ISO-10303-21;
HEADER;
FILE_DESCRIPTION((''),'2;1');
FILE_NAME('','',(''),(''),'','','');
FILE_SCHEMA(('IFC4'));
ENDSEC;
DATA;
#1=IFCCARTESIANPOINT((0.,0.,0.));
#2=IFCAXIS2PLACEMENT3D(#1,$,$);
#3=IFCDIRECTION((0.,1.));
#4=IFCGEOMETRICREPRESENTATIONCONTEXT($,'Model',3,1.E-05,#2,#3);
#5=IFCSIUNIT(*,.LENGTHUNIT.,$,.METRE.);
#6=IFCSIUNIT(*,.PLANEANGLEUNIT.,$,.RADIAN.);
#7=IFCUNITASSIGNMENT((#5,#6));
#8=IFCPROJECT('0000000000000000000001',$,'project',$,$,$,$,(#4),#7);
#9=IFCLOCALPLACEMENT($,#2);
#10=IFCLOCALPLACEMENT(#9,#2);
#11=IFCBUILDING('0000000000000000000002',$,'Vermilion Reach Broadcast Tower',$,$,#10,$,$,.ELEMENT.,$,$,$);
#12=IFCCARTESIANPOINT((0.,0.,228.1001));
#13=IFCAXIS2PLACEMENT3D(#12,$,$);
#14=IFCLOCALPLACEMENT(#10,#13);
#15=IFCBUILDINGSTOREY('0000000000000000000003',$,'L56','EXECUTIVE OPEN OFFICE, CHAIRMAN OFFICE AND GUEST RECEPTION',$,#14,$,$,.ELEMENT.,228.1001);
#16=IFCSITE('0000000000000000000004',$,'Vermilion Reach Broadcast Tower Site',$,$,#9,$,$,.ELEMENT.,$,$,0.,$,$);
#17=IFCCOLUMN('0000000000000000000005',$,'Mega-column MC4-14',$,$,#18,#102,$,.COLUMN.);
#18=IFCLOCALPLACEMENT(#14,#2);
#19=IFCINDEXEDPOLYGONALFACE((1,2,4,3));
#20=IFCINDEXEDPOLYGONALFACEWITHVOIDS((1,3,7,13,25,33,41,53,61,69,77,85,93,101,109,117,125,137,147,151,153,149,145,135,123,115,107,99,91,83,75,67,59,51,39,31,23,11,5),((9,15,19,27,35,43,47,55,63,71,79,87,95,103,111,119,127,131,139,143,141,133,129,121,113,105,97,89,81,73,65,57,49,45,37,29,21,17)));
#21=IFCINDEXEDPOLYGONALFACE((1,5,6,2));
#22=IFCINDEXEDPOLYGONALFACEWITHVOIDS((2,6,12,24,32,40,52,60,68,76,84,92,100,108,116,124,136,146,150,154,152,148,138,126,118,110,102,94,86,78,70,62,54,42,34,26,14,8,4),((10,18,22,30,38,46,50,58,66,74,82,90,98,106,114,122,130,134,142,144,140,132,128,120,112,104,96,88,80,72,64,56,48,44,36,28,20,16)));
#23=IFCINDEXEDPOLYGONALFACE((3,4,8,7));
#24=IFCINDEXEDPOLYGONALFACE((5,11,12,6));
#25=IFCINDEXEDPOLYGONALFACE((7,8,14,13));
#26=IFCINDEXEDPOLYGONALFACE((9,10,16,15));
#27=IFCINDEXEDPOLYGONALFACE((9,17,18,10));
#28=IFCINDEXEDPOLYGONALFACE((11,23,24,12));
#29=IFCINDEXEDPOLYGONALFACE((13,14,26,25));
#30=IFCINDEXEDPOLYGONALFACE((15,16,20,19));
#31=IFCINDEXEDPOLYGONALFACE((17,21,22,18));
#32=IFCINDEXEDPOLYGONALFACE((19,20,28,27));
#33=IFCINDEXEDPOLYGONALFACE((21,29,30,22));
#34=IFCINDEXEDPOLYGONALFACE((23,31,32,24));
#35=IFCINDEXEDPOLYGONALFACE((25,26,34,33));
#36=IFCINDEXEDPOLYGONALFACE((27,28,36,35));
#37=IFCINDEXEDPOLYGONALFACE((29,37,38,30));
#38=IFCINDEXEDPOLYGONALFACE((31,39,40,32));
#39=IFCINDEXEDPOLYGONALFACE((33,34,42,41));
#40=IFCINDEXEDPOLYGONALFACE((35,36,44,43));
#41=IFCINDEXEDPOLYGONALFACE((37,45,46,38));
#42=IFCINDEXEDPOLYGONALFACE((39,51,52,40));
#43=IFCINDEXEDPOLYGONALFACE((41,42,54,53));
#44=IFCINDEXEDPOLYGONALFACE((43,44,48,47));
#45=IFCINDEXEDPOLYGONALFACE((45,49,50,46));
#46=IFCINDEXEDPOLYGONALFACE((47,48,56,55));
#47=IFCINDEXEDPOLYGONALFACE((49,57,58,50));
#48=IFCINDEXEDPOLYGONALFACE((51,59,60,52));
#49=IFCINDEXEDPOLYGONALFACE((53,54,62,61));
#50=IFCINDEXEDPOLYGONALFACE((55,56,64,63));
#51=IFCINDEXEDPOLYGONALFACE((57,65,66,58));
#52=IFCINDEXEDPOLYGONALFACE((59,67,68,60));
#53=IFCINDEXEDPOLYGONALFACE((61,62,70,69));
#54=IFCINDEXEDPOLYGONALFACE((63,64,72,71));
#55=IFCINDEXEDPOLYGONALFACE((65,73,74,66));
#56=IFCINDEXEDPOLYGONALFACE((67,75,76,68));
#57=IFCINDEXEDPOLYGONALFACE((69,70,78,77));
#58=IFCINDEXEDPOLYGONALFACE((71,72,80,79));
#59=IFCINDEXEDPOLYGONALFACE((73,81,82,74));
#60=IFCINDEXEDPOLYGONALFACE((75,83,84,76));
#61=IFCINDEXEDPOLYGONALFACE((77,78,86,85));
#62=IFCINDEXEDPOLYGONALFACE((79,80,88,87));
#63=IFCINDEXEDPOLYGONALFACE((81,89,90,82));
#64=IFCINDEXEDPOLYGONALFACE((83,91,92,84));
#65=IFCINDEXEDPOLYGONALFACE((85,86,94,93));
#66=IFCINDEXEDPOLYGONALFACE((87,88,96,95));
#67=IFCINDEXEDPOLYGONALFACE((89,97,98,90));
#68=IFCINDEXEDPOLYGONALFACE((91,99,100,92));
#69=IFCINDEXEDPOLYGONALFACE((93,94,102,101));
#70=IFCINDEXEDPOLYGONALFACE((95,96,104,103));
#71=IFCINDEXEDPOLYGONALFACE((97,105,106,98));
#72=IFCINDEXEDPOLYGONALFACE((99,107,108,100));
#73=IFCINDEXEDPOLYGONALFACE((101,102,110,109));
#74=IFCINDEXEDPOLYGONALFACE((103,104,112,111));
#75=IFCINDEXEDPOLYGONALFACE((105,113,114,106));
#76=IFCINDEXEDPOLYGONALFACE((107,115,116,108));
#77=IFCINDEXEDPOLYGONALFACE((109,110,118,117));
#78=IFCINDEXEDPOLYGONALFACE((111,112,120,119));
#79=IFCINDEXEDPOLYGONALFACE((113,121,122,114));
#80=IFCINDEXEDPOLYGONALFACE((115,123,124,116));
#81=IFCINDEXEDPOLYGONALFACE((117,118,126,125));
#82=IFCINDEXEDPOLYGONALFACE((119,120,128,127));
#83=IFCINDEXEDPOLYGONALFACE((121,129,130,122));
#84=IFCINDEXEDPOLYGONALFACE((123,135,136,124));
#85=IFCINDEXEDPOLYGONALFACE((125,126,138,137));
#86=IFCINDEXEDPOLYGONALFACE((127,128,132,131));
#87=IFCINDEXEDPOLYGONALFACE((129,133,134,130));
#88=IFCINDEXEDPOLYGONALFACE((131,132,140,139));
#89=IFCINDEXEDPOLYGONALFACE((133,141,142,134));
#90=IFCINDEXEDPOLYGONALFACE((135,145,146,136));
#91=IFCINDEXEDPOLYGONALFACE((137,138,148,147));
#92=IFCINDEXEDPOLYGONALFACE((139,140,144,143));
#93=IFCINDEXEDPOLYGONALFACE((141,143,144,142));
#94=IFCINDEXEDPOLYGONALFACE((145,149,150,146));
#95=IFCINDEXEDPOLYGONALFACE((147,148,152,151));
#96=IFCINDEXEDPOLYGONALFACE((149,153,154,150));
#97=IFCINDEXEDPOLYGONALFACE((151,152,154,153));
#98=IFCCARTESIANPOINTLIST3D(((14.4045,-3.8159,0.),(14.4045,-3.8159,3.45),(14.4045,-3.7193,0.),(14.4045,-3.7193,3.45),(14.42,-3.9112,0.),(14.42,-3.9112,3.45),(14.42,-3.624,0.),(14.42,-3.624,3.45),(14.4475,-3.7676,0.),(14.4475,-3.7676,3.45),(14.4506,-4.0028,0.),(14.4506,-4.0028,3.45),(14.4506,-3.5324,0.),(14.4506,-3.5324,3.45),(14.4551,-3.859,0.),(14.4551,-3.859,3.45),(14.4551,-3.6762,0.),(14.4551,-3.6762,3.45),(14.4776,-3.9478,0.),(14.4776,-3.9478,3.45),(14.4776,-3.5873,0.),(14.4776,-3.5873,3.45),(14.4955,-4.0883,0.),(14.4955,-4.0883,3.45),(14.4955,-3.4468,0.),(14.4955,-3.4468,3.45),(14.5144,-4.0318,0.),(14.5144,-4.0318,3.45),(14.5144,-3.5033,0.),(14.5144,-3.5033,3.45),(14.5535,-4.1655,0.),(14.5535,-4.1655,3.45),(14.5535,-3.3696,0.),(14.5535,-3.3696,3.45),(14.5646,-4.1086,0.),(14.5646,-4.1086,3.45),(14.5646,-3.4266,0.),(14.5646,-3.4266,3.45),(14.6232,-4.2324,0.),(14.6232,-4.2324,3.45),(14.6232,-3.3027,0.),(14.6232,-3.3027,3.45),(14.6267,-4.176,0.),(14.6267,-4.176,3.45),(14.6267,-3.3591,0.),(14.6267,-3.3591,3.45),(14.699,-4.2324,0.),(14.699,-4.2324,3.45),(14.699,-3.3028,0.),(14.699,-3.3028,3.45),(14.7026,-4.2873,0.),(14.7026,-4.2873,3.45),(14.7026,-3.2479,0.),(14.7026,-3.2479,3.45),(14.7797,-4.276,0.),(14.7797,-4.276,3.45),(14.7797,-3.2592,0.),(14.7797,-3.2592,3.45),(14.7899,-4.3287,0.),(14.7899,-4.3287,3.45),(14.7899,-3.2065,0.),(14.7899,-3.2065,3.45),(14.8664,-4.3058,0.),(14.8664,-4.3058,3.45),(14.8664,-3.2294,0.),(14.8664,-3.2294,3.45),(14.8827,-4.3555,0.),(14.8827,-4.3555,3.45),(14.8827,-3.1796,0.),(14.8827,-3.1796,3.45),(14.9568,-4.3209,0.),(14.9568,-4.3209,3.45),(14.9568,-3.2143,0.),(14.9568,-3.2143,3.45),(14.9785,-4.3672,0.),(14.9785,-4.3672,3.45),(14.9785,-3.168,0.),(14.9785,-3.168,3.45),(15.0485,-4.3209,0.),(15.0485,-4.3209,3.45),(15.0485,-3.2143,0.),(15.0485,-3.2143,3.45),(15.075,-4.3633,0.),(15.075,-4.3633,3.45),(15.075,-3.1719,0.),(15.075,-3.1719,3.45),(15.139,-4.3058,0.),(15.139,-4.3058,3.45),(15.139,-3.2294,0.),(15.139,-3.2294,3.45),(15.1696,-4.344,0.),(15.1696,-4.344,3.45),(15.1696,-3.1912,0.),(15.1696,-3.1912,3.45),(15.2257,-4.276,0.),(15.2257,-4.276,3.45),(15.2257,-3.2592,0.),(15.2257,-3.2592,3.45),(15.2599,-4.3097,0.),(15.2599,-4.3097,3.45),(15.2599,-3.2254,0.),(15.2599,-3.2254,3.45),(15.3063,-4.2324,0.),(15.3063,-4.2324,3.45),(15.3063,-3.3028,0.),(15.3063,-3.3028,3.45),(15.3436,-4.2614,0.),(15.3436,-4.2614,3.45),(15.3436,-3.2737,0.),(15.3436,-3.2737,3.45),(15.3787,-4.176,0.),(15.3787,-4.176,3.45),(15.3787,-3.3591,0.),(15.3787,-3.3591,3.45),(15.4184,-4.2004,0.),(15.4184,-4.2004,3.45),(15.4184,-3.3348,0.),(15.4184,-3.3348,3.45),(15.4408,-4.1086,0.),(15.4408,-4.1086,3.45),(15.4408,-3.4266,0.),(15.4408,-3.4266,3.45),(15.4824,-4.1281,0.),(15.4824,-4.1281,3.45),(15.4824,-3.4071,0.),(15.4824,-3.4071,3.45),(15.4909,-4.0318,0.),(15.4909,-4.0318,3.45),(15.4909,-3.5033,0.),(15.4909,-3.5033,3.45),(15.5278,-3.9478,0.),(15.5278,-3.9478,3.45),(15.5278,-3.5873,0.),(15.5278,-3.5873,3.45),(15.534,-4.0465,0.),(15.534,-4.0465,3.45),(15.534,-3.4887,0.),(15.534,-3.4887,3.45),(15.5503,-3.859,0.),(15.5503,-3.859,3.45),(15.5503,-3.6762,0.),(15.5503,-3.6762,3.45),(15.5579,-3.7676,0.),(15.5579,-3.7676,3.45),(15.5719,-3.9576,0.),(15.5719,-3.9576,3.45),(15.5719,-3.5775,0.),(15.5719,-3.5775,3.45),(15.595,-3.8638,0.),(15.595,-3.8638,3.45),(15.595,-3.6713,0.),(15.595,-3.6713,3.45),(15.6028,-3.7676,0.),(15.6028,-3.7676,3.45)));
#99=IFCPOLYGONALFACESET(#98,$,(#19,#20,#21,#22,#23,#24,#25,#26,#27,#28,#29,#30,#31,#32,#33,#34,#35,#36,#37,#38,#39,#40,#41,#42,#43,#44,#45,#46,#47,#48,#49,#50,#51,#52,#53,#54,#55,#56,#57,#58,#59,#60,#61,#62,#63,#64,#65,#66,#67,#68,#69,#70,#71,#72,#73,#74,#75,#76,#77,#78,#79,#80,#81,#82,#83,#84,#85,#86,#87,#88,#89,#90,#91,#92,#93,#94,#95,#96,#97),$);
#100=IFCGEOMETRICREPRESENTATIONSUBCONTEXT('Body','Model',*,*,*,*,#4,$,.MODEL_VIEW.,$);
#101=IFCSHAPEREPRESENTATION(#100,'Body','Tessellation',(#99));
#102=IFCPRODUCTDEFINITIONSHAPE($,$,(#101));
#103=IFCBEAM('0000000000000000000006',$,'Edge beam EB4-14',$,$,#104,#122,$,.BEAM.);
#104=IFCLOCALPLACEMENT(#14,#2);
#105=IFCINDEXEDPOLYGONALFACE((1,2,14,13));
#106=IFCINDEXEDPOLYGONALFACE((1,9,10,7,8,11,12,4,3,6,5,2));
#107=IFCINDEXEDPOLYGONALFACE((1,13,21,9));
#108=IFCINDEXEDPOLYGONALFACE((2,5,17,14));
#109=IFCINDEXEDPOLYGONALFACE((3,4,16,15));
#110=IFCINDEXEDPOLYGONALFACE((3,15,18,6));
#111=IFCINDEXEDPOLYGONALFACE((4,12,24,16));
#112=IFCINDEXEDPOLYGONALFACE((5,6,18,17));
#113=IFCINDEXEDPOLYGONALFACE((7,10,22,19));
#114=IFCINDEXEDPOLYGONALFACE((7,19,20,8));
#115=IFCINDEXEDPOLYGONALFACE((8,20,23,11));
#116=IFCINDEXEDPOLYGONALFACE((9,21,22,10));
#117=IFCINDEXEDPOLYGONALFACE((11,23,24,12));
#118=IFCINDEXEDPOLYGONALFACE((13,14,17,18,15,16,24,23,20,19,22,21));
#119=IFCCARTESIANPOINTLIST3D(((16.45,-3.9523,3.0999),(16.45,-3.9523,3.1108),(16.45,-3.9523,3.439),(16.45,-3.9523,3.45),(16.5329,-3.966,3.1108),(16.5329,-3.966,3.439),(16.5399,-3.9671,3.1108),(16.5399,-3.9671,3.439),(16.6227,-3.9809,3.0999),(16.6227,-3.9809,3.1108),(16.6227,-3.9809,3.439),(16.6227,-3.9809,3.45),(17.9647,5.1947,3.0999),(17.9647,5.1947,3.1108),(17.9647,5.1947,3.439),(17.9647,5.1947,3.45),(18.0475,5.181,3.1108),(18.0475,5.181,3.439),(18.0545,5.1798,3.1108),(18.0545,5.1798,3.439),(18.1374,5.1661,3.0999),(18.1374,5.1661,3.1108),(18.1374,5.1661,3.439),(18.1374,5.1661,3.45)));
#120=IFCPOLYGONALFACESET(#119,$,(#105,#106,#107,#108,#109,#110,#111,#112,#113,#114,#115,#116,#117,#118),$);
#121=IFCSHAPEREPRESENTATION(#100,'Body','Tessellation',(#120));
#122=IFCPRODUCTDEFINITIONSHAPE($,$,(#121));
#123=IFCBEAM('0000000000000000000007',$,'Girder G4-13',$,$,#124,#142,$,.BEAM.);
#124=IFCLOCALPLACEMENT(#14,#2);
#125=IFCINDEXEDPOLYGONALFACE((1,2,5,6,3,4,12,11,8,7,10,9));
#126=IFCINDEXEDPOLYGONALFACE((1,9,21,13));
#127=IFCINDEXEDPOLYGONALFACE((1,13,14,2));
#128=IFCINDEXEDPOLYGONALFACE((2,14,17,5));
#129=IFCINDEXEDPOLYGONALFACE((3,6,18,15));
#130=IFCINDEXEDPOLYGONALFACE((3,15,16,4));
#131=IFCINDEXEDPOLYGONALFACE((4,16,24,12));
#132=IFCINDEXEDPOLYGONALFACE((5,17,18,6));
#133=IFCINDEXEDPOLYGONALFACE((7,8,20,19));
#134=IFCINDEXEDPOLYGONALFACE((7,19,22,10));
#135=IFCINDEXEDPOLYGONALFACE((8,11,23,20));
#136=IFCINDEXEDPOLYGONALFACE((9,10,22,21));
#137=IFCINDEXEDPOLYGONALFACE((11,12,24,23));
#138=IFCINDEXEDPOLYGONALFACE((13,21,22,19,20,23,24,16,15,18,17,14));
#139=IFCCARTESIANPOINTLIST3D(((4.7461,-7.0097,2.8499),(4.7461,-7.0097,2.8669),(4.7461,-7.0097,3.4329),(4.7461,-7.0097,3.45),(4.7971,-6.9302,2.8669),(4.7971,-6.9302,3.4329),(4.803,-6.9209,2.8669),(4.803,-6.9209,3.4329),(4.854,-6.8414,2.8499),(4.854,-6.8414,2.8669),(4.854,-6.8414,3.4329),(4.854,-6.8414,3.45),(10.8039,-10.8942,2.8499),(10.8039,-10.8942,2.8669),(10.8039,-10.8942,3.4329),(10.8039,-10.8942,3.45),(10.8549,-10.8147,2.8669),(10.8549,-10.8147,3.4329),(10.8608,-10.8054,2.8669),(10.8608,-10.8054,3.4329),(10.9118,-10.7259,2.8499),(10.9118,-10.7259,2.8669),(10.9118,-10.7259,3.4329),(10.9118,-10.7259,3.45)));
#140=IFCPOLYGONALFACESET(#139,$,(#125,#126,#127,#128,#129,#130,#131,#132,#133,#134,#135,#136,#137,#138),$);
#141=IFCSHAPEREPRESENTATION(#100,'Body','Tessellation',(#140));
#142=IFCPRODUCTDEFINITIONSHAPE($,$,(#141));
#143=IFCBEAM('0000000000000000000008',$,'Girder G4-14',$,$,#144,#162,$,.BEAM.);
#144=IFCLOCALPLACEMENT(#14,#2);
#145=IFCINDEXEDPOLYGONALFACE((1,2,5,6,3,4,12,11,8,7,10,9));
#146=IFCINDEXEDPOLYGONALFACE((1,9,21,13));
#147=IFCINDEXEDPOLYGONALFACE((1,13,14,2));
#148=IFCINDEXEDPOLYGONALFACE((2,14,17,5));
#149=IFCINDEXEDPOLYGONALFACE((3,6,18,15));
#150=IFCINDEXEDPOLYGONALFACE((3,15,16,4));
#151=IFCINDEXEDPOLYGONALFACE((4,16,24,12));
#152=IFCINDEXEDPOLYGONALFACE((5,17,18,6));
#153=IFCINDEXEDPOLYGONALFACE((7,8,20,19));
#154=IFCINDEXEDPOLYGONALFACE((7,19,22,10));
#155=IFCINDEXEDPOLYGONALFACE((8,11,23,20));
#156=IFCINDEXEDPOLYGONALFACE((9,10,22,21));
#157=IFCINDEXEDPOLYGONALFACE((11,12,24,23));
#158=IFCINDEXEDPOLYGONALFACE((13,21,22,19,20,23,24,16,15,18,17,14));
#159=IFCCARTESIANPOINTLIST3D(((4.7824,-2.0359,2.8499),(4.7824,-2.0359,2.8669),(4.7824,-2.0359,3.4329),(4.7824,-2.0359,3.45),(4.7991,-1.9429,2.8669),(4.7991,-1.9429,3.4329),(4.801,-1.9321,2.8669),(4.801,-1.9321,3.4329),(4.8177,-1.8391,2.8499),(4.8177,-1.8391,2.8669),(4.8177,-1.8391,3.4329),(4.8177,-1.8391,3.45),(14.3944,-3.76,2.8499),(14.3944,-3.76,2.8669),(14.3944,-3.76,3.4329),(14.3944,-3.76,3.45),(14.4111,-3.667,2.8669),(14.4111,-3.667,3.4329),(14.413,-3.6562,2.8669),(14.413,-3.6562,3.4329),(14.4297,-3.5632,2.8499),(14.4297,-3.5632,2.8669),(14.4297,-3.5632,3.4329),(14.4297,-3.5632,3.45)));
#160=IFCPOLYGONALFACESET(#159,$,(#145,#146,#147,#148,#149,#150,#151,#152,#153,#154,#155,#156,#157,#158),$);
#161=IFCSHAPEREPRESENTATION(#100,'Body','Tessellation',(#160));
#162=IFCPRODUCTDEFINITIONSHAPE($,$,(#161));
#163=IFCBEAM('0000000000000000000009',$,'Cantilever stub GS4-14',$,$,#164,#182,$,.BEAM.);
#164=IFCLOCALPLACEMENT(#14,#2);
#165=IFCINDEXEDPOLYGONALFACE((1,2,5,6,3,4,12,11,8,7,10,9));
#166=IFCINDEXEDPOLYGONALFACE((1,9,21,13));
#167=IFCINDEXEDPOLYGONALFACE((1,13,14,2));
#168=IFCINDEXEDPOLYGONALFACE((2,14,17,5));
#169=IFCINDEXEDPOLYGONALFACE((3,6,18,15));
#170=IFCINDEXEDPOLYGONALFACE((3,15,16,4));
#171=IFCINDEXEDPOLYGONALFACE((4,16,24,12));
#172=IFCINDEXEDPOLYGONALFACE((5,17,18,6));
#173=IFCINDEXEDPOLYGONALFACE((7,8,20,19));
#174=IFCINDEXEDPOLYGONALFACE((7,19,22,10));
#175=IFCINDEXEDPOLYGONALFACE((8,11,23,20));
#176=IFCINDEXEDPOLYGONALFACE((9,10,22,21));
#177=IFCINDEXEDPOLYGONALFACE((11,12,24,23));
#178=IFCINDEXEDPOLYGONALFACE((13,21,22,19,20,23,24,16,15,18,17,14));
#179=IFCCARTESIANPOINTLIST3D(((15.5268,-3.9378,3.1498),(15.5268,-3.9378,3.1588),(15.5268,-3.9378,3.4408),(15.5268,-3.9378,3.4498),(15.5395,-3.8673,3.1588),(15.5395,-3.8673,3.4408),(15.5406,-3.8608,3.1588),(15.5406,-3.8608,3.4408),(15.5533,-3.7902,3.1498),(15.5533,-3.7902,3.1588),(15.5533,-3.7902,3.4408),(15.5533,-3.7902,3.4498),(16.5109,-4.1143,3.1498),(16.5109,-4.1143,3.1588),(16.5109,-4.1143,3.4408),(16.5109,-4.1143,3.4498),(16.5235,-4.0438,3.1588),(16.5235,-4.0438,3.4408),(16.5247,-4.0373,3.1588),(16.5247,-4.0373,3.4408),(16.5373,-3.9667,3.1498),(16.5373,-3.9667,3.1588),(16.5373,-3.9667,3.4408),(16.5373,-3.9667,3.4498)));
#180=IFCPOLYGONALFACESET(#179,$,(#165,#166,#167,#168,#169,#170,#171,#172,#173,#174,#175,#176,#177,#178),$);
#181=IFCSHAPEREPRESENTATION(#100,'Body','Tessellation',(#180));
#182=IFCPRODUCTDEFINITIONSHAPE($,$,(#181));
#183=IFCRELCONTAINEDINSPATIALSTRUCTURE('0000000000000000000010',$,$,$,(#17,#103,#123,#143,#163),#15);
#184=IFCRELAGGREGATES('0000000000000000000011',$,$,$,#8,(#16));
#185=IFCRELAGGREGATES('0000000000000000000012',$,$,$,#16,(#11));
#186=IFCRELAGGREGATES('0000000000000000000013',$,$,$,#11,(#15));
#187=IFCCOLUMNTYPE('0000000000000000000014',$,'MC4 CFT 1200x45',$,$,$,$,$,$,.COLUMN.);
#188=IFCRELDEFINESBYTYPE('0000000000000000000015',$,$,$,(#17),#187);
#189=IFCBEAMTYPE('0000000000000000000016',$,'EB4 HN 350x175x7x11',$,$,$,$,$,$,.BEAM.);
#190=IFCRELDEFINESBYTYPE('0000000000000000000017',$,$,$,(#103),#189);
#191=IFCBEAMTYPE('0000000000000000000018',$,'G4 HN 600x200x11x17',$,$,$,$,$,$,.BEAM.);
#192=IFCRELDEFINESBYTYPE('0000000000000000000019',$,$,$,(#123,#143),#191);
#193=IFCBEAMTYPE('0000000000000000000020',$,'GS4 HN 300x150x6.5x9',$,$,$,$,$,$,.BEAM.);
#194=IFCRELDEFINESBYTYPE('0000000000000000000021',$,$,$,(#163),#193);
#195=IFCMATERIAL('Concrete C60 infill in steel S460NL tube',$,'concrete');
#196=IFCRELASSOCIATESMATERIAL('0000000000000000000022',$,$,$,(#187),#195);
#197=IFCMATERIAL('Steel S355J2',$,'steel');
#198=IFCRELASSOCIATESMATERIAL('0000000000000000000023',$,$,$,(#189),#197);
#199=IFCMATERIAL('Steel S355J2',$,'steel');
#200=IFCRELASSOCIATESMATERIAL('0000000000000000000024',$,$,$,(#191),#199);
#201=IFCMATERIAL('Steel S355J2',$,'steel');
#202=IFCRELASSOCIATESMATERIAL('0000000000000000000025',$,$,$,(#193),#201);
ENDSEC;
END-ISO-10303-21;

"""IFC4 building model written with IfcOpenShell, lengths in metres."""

from ifc_helpers import new_model, si_unit, direction, frame, origin, origin_2d, place, context, subcontext, project, spatial, hollow_circle, i_section, extrude, material, material_profile, profile_set, type_object, element, save


model = new_model("IFC4")

# Units and contexts
model_context = context("Model", 3, precision=1e-05, world=origin(), true_north=direction((0.0, 1.0)))
body_context = subcontext(model_context, "Body", "Model", "MODEL_VIEW")
ifc_project = project(units=[si_unit("LENGTHUNIT", "METRE"), si_unit("PLANEANGLEUNIT", "RADIAN")], contexts=[model_context])

# Site, building, storey
site_placement = place(None, origin())
site = spatial("IfcSite", under=ifc_project, at=site_placement, Name="Vermilion Reach Broadcast Tower Site", CompositionType="ELEMENT", RefElevation=0.0)
building_placement = place(site_placement, origin())
building = spatial("IfcBuilding", under=site, at=building_placement, Name="Vermilion Reach Broadcast Tower", CompositionType="ELEMENT")
storey_placement = place(building_placement, frame((0.0, 0.0, 228.1001)))
storey = spatial("IfcBuildingStorey", under=building, at=storey_placement, Name="L56", Description="EXECUTIVE OPEN OFFICE, CHAIRMAN OFFICE AND GUEST RECEPTION", CompositionType="ELEMENT", Elevation=228.1001)

# Column
ifc_material_1 = material(Name="Concrete C60 infill in steel S460NL tube", Category="concrete")
ifc_material_profile_1 = material_profile(ifc_material_1, hollow_circle(Radius=0.6001, WallThickness=0.0449, at=origin_2d()), Name="Concrete C60 infill in steel S460NL tube CFT 1200x45")
ifc_profile_set_1 = profile_set([ifc_material_profile_1], Name="Concrete C60 infill in steel S460NL tube")
column_type = type_object("IfcColumnType", Name="MC4 CFT 1200x45", PredefinedType="COLUMN", material=ifc_profile_set_1)
column_placement = place(storey_placement, frame((15.0027, -3.7676, 0.0), z_axis=(0.0, 0.0, 1.0), x_axis=(1.0, 0.0, 0.0)))
element("IfcColumn", 1, at=column_placement, inside=storey, type_object=column_type, Name="Mega-column MC4-14", PredefinedType="COLUMN", context=body_context, shape_type="SweptSolid", body=[
    extrude(hollow_circle(Radius=0.6001, WallThickness=0.0449, at=origin_2d()), origin(), (0.0, 0.0, 1.0), 3.45),
])

# Beams
ifc_material_2 = material(Name="Steel S355J2", Category="steel")
ifc_material_profile_2 = material_profile(ifc_material_2, i_section(OverallWidth=0.175, OverallDepth=0.3501, WebThickness=0.0071, FlangeThickness=0.011, at=origin_2d()), Name="S355J2 HN 350x175x7x11")
ifc_profile_set_2 = profile_set([ifc_material_profile_2], Name="Steel S355J2")
beam_type_1 = type_object("IfcBeamType", Name="EB4 HN 350x175x7x11", PredefinedType="BEAM", material=ifc_profile_set_2)
beam_1_placement = place(storey_placement, frame((16.5364, -3.9666, 3.2749), z_axis=(0.163366, 0.986566, 0.0), x_axis=(-0.986566, 0.163366, 0.0)))
element("IfcBeam", 2, at=beam_1_placement, inside=storey, type_object=beam_type_1, Name="Edge beam EB4-14", PredefinedType="BEAM", context=body_context, shape_type="SweptSolid", body=[
    extrude(i_section(OverallWidth=0.175, OverallDepth=0.3501, WebThickness=0.0071, FlangeThickness=0.011, at=origin_2d()), origin(), (0.0, 0.0, 1.0), 9.2715),
])
ifc_material_3 = material(Name="Steel S355J2", Category="steel")
ifc_material_profile_3 = material_profile(ifc_material_3, i_section(OverallWidth=0.2, OverallDepth=0.6001, WebThickness=0.011, FlangeThickness=0.0171, at=origin_2d()), Name="S355J2 HN 600x200x11x17")
ifc_profile_set_3 = profile_set([ifc_material_profile_3], Name="Steel S355J2")
beam_type_2 = type_object("IfcBeamType", Name="G4 HN 600x200x11x17", PredefinedType="BEAM", material=ifc_profile_set_3)
beam_2_placement = place(storey_placement, frame((4.8, -6.9255, 3.1499), z_axis=(0.841799, -0.539792, 0.0), x_axis=(0.539792, 0.841799, 0.0)))
element("IfcBeam", 3, at=beam_2_placement, inside=storey, type_object=beam_type_2, Name="Girder G4-13", PredefinedType="BEAM", context=body_context, shape_type="SweptSolid", body=[
    extrude(i_section(OverallWidth=0.2, OverallDepth=0.6001, WebThickness=0.011, FlangeThickness=0.0171, at=origin_2d()), origin(), (0.0, 0.0, 1.0), 7.1963),
])
beam_3_placement = place(storey_placement, frame((4.8, -1.9375, 3.1499), z_axis=(0.984291, -0.176553, 0.0), x_axis=(0.176553, 0.984291, 0.0)))
element("IfcBeam", 4, at=beam_3_placement, inside=storey, type_object=beam_type_2, Name="Girder G4-14", PredefinedType="BEAM", context=body_context, shape_type="SweptSolid", body=[
    extrude(i_section(OverallWidth=0.2, OverallDepth=0.6001, WebThickness=0.011, FlangeThickness=0.0171, at=origin_2d()), origin(), (0.0, 0.0, 1.0), 9.7654),
])
ifc_material_4 = material(Name="Steel S355J2", Category="steel")
ifc_material_profile_4 = material_profile(ifc_material_4, i_section(OverallWidth=0.1499, OverallDepth=0.3, WebThickness=0.0066, FlangeThickness=0.009, at=origin_2d()), Name="S355J2 HN 300x150x6.5x9")
ifc_profile_set_4 = profile_set([ifc_material_profile_4], Name="Steel S355J2")
beam_type_3 = type_object("IfcBeamType", Name="GS4 HN 300x150x6.5x9", PredefinedType="BEAM", material=ifc_profile_set_4)
beam_4_placement = place(storey_placement, frame((15.54, -3.864, 3.2998), z_axis=(0.984293, -0.176543, 0.0), x_axis=(0.176543, 0.984293, 0.0)))
element("IfcBeam", 5, at=beam_4_placement, inside=storey, type_object=beam_type_3, Name="Cantilever stub GS4-14", PredefinedType="BEAM", context=body_context, shape_type="SweptSolid", body=[
    extrude(i_section(OverallWidth=0.1499, OverallDepth=0.3, WebThickness=0.0066, FlangeThickness=0.009, at=origin_2d()), origin(), (0.0, 0.0, 1.0), 0.9998),
])

save(model, "model.ifc")
